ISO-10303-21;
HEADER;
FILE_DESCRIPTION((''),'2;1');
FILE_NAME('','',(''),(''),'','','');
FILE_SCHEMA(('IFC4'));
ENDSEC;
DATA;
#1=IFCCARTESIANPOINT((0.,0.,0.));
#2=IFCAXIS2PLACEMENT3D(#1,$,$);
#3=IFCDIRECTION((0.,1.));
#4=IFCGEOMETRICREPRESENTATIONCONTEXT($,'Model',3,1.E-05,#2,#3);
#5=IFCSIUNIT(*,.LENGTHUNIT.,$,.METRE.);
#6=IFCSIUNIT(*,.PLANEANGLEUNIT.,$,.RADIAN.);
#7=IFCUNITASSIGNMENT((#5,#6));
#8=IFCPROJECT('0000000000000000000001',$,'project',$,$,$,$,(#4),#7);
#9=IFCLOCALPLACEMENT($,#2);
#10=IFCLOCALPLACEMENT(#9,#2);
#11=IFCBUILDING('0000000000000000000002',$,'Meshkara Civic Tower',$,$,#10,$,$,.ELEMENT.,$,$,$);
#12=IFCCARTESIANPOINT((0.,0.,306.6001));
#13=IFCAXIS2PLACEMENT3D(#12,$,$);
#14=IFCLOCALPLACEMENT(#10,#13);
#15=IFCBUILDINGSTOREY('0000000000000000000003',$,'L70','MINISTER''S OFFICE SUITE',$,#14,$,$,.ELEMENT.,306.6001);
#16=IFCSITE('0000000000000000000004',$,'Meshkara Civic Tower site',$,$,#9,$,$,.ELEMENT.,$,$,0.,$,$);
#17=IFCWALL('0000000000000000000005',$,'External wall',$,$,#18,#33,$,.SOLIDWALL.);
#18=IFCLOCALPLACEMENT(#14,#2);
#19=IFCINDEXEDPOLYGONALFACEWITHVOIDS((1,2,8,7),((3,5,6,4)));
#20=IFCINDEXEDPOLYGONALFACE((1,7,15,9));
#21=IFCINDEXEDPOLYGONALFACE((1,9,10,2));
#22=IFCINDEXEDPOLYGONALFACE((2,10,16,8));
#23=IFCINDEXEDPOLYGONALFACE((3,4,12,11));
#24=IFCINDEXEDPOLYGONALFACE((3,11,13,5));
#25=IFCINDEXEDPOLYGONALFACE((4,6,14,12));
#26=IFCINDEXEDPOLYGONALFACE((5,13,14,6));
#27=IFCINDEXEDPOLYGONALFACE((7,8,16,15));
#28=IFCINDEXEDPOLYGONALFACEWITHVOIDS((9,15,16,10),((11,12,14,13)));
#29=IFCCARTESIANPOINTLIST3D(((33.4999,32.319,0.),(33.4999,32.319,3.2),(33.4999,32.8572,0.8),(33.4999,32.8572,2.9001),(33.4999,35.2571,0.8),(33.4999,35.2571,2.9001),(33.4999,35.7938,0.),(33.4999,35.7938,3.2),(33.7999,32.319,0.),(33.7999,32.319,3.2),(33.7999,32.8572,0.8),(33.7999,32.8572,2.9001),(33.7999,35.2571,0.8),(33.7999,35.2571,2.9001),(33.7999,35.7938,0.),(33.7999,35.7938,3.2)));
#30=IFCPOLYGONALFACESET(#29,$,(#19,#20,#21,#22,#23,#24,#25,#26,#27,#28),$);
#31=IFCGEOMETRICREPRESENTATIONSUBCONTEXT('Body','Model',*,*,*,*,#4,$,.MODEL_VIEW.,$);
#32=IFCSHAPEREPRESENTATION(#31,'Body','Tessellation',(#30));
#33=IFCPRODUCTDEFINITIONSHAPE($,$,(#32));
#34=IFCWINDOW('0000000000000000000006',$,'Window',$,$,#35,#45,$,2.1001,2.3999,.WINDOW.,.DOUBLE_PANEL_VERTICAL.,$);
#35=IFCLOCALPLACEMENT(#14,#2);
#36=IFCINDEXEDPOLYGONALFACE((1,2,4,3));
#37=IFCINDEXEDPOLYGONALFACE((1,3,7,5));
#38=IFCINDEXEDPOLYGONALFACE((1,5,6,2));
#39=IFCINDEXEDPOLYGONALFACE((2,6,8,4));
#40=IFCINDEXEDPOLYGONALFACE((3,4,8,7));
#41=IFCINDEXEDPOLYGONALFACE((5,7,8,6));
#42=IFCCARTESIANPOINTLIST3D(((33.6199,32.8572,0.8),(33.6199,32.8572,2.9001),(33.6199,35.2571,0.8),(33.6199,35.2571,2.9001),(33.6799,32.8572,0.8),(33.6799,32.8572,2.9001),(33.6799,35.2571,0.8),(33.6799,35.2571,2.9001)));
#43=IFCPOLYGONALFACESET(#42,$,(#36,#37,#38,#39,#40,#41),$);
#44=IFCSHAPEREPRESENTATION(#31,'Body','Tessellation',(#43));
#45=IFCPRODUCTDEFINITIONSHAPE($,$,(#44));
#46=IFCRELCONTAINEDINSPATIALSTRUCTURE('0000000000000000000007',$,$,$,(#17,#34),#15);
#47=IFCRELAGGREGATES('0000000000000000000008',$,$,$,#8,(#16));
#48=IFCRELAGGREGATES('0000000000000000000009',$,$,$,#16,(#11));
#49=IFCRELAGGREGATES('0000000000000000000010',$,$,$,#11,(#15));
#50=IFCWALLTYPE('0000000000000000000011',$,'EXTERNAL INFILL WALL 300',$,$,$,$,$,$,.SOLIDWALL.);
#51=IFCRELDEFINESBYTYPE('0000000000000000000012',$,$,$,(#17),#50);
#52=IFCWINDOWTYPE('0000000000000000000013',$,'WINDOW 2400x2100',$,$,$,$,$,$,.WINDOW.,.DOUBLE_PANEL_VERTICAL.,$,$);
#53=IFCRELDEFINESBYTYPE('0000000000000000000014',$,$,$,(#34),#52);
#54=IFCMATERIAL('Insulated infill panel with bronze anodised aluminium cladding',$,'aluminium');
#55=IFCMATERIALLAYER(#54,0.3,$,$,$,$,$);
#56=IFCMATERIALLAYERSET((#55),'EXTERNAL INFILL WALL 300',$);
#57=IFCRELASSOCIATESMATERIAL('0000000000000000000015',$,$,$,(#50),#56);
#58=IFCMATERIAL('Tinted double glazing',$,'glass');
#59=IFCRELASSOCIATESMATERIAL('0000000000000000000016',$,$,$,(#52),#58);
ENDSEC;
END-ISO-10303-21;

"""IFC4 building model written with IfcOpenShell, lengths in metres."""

from ifc_helpers import new_model, si_unit, direction, frame, frame_2d, origin, place, context, subcontext, project, spatial, rectangle, extrude, material, layer, layer_set, type_object, element, fill, save


model = new_model("IFC4")

# Units and contexts
model_context = context("Model", 3, precision=1e-05, world=origin(), true_north=direction((0.0, 1.0)))
body_context = subcontext(model_context, "Body", "Model", "MODEL_VIEW")
ifc_project = project(units=[si_unit("LENGTHUNIT", "METRE"), si_unit("PLANEANGLEUNIT", "RADIAN")], contexts=[model_context])

# Site, building, storey
site_placement = place(None, origin())
site = spatial("IfcSite", under=ifc_project, at=site_placement, Name="Meshkara Civic Tower site", CompositionType="ELEMENT", RefElevation=0.0)
building_placement = place(site_placement, origin())
building = spatial("IfcBuilding", under=site, at=building_placement, Name="Meshkara Civic Tower", CompositionType="ELEMENT")
storey_placement = place(building_placement, frame((0.0, 0.0, 306.6001)))
storey = spatial("IfcBuildingStorey", under=building, at=storey_placement, Name="L70", Description="MINISTER'S OFFICE SUITE", CompositionType="ELEMENT", Elevation=306.6001)

# Wall, opening, window
ifc_material_1 = material(Name="Insulated infill panel with bronze anodised aluminium cladding", Category="aluminium")
ifc_layer_1 = layer(ifc_material_1, 0.3)
ifc_layer_set_1 = layer_set([ifc_layer_1], Name="EXTERNAL INFILL WALL 300")
wall_type_1 = type_object("IfcWallType", Name="EXTERNAL INFILL WALL 300", PredefinedType="SOLIDWALL", material=ifc_layer_set_1)
ifc_material_2 = material(Name="Tinted double glazing", Category="glass")
window_type = type_object("IfcWindowType", Name="WINDOW 2400x2100", PartitioningType="DOUBLE_PANEL_VERTICAL", PredefinedType="WINDOW", material=ifc_material_2)
wall_1_placement = place(storey_placement, frame((33.6499, 32.3191, 0.0), z_axis=(0.0, 0.0, 1.0), x_axis=(0.0, 1.0, 0.0)))
wall_1 = element("IfcWall", 1, at=wall_1_placement, inside=storey, type_object=wall_type_1, Name="External wall", PredefinedType="SOLIDWALL", context=body_context, shape_type="SweptSolid", body=[
    extrude(rectangle(XDim=3.4749, YDim=0.3, at=frame_2d((1.7373, 0.0))), origin(), (0.0, 0.0, 1.0), 3.2),
])
opening_1_placement = place(wall_1_placement, frame((0.5381, 0.0, 0.8)))
opening_1 = element("IfcOpeningElement", 2, at=opening_1_placement, cuts=wall_1, PredefinedType="OPENING", context=body_context, shape_type="SweptSolid", body=[
    extrude(rectangle(XDim=2.3999, YDim=2.1001, at=frame_2d((1.2, 1.05))), frame((0.0, 0.1599, 0.0), z_axis=(0.0, -1.0, 0.0), x_axis=(1.0, 0.0, 0.0)), (0.0, 0.0, 1.0), 0.3201),
])
window_1_placement = place(opening_1_placement, origin())
window_1 = element("IfcWindow", 3, at=window_1_placement, inside=storey, type_object=window_type, Name="Window", OverallHeight=2.1001, OverallWidth=2.3999, PartitioningType="DOUBLE_PANEL_VERTICAL", PredefinedType="WINDOW", context=body_context, shape_type="SweptSolid", body=[
    extrude(rectangle(XDim=2.3999, YDim=2.1001, at=frame_2d((1.2, 1.05))), frame((0.0, 0.03, 0.0), z_axis=(0.0, -1.0, 0.0), x_axis=(1.0, 0.0, 0.0)), (0.0, 0.0, 1.0), 0.0601),
])
fill(opening_1, window_1)

save(model, "model.ifc")
